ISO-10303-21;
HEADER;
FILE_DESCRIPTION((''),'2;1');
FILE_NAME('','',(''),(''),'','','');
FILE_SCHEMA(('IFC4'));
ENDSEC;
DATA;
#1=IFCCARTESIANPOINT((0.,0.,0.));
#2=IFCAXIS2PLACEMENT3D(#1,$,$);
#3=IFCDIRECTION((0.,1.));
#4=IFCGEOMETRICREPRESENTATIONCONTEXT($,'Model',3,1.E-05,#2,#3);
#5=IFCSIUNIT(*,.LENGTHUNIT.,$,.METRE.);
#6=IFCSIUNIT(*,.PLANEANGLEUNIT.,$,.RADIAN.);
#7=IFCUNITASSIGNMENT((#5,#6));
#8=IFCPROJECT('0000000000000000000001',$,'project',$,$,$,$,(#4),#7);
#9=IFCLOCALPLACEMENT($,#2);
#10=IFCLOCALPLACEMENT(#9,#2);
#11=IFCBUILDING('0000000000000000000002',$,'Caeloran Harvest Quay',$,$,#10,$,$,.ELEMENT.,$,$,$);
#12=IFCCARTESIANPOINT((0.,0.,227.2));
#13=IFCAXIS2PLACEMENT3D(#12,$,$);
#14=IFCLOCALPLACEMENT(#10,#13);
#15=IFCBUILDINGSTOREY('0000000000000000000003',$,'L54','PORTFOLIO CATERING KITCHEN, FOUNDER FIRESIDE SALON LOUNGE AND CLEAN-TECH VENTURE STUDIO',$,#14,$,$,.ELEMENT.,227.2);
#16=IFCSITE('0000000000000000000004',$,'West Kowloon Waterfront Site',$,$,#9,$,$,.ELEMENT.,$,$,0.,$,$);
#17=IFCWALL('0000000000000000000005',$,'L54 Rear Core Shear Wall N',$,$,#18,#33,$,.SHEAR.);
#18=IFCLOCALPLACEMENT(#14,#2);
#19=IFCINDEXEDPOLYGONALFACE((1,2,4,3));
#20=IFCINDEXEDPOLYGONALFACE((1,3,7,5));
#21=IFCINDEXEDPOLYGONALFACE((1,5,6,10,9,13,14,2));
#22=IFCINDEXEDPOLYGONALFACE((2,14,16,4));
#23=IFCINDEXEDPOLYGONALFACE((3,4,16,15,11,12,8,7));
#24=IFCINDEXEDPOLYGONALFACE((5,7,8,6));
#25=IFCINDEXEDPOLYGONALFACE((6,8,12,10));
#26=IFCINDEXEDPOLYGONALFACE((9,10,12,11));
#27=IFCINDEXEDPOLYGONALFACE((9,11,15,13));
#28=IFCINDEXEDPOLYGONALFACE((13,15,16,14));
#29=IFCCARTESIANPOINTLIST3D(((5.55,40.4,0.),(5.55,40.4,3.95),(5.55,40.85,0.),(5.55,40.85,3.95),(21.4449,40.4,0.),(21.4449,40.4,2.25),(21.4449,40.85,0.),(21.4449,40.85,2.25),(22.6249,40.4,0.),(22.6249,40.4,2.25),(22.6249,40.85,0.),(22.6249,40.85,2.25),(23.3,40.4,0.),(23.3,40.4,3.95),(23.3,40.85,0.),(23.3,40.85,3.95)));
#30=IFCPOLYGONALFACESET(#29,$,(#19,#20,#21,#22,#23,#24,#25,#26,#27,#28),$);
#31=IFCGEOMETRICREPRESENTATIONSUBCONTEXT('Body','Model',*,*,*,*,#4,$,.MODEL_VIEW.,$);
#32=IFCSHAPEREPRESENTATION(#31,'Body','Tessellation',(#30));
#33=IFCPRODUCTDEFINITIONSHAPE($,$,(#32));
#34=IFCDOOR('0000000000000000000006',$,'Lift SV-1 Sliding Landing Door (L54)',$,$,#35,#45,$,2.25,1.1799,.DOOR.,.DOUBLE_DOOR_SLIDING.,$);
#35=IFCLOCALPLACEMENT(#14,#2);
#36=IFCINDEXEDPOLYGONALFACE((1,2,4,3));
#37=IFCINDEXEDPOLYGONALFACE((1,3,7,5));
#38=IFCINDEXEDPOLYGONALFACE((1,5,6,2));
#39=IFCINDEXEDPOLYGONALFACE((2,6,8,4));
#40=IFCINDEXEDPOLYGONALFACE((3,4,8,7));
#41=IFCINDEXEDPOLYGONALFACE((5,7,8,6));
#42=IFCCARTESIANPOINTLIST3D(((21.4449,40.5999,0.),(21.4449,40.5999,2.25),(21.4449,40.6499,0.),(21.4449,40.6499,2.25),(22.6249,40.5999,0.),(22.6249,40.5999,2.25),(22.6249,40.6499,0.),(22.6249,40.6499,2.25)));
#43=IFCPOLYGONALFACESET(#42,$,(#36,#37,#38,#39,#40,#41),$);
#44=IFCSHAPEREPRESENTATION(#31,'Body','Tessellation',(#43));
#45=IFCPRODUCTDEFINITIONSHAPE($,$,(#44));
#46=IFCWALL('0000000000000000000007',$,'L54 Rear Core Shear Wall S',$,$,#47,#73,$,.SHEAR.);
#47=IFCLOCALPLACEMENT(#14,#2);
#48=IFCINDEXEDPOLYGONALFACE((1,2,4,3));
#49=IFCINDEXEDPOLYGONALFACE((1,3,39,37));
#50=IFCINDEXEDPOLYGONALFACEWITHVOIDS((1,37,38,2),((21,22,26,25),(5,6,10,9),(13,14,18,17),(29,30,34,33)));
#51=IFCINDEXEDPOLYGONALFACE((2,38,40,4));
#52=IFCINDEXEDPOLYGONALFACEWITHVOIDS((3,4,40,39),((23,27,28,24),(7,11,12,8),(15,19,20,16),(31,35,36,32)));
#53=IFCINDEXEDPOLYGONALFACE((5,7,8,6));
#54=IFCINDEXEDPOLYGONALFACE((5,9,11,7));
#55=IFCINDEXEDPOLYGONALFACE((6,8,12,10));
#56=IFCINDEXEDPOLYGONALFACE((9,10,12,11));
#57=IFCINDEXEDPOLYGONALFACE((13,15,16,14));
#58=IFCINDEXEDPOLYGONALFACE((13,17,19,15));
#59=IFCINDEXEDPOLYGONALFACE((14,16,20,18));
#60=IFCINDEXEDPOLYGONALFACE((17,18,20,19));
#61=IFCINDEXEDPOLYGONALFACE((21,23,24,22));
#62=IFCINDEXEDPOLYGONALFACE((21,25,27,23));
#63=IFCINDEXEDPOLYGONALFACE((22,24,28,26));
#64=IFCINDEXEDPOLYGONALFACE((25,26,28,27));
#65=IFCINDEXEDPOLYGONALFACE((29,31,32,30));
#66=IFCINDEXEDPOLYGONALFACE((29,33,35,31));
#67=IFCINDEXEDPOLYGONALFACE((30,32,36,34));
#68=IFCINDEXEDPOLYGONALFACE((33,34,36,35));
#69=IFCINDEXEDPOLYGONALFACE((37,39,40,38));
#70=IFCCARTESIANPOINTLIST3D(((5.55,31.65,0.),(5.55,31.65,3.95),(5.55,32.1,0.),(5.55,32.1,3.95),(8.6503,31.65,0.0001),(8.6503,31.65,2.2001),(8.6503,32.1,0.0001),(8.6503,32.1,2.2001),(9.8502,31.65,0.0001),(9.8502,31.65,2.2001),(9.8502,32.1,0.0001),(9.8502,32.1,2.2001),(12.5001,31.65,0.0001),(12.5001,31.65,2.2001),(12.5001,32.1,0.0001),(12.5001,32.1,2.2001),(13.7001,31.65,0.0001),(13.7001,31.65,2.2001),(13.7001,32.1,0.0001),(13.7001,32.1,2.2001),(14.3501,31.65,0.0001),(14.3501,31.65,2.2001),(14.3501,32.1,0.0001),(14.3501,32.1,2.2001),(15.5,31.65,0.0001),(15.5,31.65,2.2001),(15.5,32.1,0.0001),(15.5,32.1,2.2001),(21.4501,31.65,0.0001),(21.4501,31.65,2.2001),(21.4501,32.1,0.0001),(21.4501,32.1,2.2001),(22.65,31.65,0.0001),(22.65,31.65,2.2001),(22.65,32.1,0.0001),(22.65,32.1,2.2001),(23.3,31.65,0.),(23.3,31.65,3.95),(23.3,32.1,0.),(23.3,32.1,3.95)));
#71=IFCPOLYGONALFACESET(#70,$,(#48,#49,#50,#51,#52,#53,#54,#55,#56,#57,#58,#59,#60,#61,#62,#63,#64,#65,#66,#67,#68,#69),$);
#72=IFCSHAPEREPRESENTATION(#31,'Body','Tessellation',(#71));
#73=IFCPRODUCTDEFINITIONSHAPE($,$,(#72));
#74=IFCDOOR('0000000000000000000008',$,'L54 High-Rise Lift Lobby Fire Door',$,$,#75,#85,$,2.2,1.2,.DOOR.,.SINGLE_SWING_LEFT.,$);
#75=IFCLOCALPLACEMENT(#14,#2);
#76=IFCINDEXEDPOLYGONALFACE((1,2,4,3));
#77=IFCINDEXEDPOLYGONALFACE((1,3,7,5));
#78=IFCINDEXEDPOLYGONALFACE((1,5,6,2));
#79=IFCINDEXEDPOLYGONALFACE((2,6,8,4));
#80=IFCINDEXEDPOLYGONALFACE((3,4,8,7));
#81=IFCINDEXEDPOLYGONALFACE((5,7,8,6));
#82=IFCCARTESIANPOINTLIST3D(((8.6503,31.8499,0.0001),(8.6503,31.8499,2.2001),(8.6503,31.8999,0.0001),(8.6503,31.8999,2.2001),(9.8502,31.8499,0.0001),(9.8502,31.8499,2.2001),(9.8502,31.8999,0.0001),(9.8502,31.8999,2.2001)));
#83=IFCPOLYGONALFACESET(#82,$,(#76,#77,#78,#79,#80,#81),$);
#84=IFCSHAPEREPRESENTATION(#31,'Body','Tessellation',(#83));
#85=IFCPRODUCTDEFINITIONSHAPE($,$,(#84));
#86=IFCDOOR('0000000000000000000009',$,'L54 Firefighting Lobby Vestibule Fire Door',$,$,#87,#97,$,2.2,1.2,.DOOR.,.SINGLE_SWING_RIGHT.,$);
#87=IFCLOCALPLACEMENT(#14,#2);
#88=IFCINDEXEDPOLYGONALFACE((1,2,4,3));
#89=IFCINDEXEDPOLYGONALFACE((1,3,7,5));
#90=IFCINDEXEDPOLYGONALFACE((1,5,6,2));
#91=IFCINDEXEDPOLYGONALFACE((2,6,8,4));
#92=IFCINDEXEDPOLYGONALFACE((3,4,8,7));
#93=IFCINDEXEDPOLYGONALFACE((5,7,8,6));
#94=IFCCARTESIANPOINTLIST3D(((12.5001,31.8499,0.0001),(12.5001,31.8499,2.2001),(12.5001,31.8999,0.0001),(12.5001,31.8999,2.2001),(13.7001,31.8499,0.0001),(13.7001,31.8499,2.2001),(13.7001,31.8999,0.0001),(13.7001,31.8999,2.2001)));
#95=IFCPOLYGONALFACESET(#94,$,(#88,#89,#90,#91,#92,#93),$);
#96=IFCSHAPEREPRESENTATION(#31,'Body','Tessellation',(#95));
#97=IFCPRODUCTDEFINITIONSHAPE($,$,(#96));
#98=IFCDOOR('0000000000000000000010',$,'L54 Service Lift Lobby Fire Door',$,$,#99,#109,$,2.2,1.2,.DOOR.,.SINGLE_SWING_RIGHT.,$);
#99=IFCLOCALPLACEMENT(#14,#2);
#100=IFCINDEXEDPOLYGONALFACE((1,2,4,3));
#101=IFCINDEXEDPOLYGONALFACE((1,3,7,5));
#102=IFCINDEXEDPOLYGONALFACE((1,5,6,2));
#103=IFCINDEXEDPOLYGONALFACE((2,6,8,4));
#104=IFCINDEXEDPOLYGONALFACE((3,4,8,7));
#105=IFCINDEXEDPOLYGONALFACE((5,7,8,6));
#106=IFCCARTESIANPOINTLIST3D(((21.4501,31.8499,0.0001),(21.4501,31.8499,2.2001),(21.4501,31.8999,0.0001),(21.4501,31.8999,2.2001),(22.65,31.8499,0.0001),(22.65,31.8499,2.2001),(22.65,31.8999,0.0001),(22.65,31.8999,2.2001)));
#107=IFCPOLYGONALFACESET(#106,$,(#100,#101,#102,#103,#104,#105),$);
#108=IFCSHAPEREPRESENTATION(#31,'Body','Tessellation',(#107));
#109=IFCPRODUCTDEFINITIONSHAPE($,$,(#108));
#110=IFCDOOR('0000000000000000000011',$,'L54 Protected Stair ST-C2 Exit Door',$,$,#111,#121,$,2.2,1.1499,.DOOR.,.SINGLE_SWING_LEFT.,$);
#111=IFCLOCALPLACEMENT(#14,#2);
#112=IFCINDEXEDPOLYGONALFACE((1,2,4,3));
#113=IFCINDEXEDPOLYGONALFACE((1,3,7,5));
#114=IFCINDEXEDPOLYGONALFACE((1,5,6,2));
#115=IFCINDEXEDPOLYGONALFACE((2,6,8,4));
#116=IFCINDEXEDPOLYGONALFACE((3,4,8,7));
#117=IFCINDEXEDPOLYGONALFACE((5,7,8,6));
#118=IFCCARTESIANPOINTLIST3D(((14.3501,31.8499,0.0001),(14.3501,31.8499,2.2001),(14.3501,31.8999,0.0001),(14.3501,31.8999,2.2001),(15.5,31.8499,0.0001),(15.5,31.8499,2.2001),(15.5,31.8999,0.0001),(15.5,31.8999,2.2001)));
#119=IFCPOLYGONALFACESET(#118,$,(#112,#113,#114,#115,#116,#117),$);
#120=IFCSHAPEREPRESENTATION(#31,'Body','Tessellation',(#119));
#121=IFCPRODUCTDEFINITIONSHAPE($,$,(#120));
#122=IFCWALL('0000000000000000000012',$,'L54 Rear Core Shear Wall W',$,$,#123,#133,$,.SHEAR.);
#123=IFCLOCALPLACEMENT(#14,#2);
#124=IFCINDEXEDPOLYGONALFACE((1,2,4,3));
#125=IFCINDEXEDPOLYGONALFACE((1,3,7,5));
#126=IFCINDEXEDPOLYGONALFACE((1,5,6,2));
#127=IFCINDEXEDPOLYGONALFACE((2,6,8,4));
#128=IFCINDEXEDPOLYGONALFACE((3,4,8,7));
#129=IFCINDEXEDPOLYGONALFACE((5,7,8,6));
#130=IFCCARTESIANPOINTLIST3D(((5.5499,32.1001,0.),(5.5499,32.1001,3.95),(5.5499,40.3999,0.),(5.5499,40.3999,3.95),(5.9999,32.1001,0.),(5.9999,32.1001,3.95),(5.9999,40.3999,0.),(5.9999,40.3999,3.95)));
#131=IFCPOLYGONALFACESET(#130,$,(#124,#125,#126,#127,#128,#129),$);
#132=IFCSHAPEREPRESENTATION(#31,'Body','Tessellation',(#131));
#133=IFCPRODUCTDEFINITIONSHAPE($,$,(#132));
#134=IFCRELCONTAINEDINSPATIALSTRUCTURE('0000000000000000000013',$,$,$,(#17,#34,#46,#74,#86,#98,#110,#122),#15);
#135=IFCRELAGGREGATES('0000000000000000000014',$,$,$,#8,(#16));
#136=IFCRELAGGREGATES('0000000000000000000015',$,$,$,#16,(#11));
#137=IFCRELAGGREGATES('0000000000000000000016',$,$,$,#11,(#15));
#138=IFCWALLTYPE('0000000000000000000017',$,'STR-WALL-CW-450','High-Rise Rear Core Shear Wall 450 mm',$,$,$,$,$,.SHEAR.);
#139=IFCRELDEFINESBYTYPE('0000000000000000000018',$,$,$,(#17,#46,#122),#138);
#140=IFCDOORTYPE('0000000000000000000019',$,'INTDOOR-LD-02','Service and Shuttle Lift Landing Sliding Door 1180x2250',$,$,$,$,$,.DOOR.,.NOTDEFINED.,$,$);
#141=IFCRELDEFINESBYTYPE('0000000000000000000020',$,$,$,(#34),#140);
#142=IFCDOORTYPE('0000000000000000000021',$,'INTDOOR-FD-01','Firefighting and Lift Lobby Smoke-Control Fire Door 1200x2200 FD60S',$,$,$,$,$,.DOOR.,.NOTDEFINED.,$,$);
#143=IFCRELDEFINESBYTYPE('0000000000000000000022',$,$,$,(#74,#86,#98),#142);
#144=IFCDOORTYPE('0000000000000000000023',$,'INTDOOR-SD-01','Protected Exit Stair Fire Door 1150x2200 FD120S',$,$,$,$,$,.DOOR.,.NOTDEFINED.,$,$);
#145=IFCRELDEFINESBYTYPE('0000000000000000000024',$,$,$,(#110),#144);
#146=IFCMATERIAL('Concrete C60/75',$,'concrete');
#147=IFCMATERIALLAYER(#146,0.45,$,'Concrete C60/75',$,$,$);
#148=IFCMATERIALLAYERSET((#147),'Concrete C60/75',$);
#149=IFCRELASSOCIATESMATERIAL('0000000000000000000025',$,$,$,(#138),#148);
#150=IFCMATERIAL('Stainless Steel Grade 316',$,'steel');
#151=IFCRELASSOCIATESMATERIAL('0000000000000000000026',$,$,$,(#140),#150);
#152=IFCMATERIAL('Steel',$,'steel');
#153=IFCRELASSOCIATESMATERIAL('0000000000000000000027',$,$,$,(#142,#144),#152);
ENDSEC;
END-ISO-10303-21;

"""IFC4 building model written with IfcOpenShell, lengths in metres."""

from ifc_helpers import new_model, si_unit, direction, frame, frame_2d, origin, place, context, subcontext, project, spatial, rectangle, extrude, material, layer, layer_set, type_object, element, fill, save


model = new_model("IFC4")

# Units and contexts
model_context = context("Model", 3, precision=1e-05, world=origin(), true_north=direction((0.0, 1.0)))
body_context = subcontext(model_context, "Body", "Model", "MODEL_VIEW")
ifc_project = project(units=[si_unit("LENGTHUNIT", "METRE"), si_unit("PLANEANGLEUNIT", "RADIAN")], contexts=[model_context])

# Site, building, storey
site_placement = place(None, origin())
site = spatial("IfcSite", under=ifc_project, at=site_placement, Name="West Kowloon Waterfront Site", CompositionType="ELEMENT", RefElevation=0.0)
building_placement = place(site_placement, origin())
building = spatial("IfcBuilding", under=site, at=building_placement, Name="Caeloran Harvest Quay", CompositionType="ELEMENT")
storey_placement = place(building_placement, frame((0.0, 0.0, 227.2)))
storey = spatial("IfcBuildingStorey", under=building, at=storey_placement, Name="L54", Description="PORTFOLIO CATERING KITCHEN, FOUNDER FIRESIDE SALON LOUNGE AND CLEAN-TECH VENTURE STUDIO", CompositionType="ELEMENT", Elevation=227.2)

# Shared definitions
ifc_material_1 = material(Name="Concrete C60/75", Category="concrete")

# Shared definitions
ifc_material_2 = material(Name="Stainless Steel Grade 316", Category="steel")

# Wall, opening, door
ifc_layer_1 = layer(ifc_material_1, 0.45, Name="Concrete C60/75")
ifc_layer_set_1 = layer_set([ifc_layer_1], Name="Concrete C60/75")
wall_type_1 = type_object("IfcWallType", Name="STR-WALL-CW-450", Description="High-Rise Rear Core Shear Wall 450 mm", PredefinedType="SHEAR", material=ifc_layer_set_1)
wall_1_placement = place(storey_placement, frame((5.55, 40.625, 0.0), z_axis=(0.0, 0.0, 1.0), x_axis=(1.0, 0.0, 0.0)))
wall_1 = element("IfcWall", 1, at=wall_1_placement, inside=storey, type_object=wall_type_1, Name="L54 Rear Core Shear Wall N", PredefinedType="SHEAR", context=body_context, shape_type="SweptSolid", body=[
    extrude(rectangle(XDim=17.75, YDim=0.45, at=frame_2d((8.875, 0.0))), origin(), (0.0, 0.0, 1.0), 3.95),
])
opening_1_placement = place(wall_1_placement, frame((15.895, 0.0, 0.0)))
opening_1 = element("IfcOpeningElement", 2, at=opening_1_placement, cuts=wall_1, PredefinedType="OPENING", context=body_context, shape_type="SweptSolid", body=[
    extrude(rectangle(XDim=1.1799, YDim=2.25, at=frame_2d((0.5898, 1.125))), frame((0.0, 0.2349, 0.0), z_axis=(0.0, -1.0, 0.0), x_axis=(1.0, 0.0, 0.0)), (0.0, 0.0, 1.0), 0.47),
])
door_type_1 = type_object("IfcDoorType", Name="INTDOOR-LD-02", Description="Service and Shuttle Lift Landing Sliding Door 1180x2250", OperationType="NOTDEFINED", PredefinedType="DOOR", material=ifc_material_2)
door_1_placement = place(opening_1_placement, origin())
door_1 = element("IfcDoor", 3, at=door_1_placement, inside=storey, type_object=door_type_1, Name="Lift SV-1 Sliding Landing Door (L54)", OperationType="DOUBLE_DOOR_SLIDING", OverallHeight=2.25, OverallWidth=1.1799, PredefinedType="DOOR", context=body_context, shape_type="SweptSolid", body=[
    extrude(rectangle(XDim=1.1799, YDim=2.25, at=frame_2d((0.5898, 1.125))), frame((0.0, 0.0249, 0.0), z_axis=(0.0, -1.0, 0.0), x_axis=(1.0, 0.0, 0.0)), (0.0, 0.0, 1.0), 0.05),
])
fill(opening_1, door_1)

# Wall, openings, doors
wall_2_placement = place(storey_placement, frame((5.55, 31.875, 0.0), z_axis=(0.0, 0.0, 1.0), x_axis=(1.0, 0.0, 0.0)))
wall_2 = element("IfcWall", 4, at=wall_2_placement, inside=storey, type_object=wall_type_1, Name="L54 Rear Core Shear Wall S", PredefinedType="SHEAR", context=body_context, shape_type="SweptSolid", body=[
    extrude(rectangle(XDim=17.75, YDim=0.45, at=frame_2d((8.875, 0.0))), origin(), (0.0, 0.0, 1.0), 3.95),
])
opening_2_placement = place(wall_2_placement, frame((3.1001, 0.0, 0.0)))
opening_2 = element("IfcOpeningElement", 5, at=opening_2_placement, cuts=wall_2, PredefinedType="OPENING", context=body_context, shape_type="SweptSolid", body=[
    extrude(rectangle(XDim=1.2, YDim=2.2, at=frame_2d((0.6001, 1.1001))), frame((0.0, 0.2349, 0.0), z_axis=(0.0, -1.0, 0.0), x_axis=(1.0, 0.0, 0.0)), (0.0, 0.0, 1.0), 0.47),
])
opening_3_placement = place(wall_2_placement, frame((6.95, 0.0, 0.0)))
opening_3 = element("IfcOpeningElement", 6, at=opening_3_placement, cuts=wall_2, PredefinedType="OPENING", context=body_context, shape_type="SweptSolid", body=[
    extrude(rectangle(XDim=1.2, YDim=2.2, at=frame_2d((0.6001, 1.1001))), frame((0.0, 0.2349, 0.0), z_axis=(0.0, -1.0, 0.0), x_axis=(1.0, 0.0, 0.0)), (0.0, 0.0, 1.0), 0.47),
])
opening_4_placement = place(wall_2_placement, frame((8.8, 0.0, 0.0)))
opening_4 = element("IfcOpeningElement", 7, at=opening_4_placement, cuts=wall_2, PredefinedType="OPENING", context=body_context, shape_type="SweptSolid", body=[
    extrude(rectangle(XDim=1.1499, YDim=2.2, at=frame_2d((0.575, 1.1001))), frame((0.0, 0.2349, 0.0), z_axis=(0.0, -1.0, 0.0), x_axis=(1.0, 0.0, 0.0)), (0.0, 0.0, 1.0), 0.47),
])
opening_5_placement = place(wall_2_placement, frame((15.8999, 0.0, 0.0)))
opening_5 = element("IfcOpeningElement", 8, at=opening_5_placement, cuts=wall_2, PredefinedType="OPENING", context=body_context, shape_type="SweptSolid", body=[
    extrude(rectangle(XDim=1.2, YDim=2.2, at=frame_2d((0.6001, 1.1001))), frame((0.0, 0.2349, 0.0), z_axis=(0.0, -1.0, 0.0), x_axis=(1.0, 0.0, 0.0)), (0.0, 0.0, 1.0), 0.47),
])
ifc_material_3 = material(Name="Steel", Category="steel")
door_type_2 = type_object("IfcDoorType", Name="INTDOOR-FD-01", Description="Firefighting and Lift Lobby Smoke-Control Fire Door 1200x2200 FD60S", OperationType="NOTDEFINED", PredefinedType="DOOR", material=ifc_material_3)
door_2_placement = place(opening_2_placement, origin())
door_2 = element("IfcDoor", 9, at=door_2_placement, inside=storey, type_object=door_type_2, Name="L54 High-Rise Lift Lobby Fire Door", OperationType="SINGLE_SWING_LEFT", OverallHeight=2.2, OverallWidth=1.2, PredefinedType="DOOR", context=body_context, shape_type="SweptSolid", body=[
    extrude(rectangle(XDim=1.2, YDim=2.2, at=frame_2d((0.6001, 1.1001))), frame((0.0, 0.0249, 0.0), z_axis=(0.0, -1.0, 0.0), x_axis=(1.0, 0.0, 0.0)), (0.0, 0.0, 1.0), 0.05),
])
fill(opening_2, door_2)
door_3_placement = place(opening_3_placement, origin())
door_3 = element("IfcDoor", 10, at=door_3_placement, inside=storey, type_object=door_type_2, Name="L54 Firefighting Lobby Vestibule Fire Door", OperationType="SINGLE_SWING_RIGHT", OverallHeight=2.2, OverallWidth=1.2, PredefinedType="DOOR", context=body_context, shape_type="SweptSolid", body=[
    extrude(rectangle(XDim=1.2, YDim=2.2, at=frame_2d((0.6001, 1.1001))), frame((0.0, 0.0249, 0.0), z_axis=(0.0, -1.0, 0.0), x_axis=(1.0, 0.0, 0.0)), (0.0, 0.0, 1.0), 0.05),
])
fill(opening_3, door_3)
door_4_placement = place(opening_5_placement, origin())
door_4 = element("IfcDoor", 11, at=door_4_placement, inside=storey, type_object=door_type_2, Name="L54 Service Lift Lobby Fire Door", OperationType="SINGLE_SWING_RIGHT", OverallHeight=2.2, OverallWidth=1.2, PredefinedType="DOOR", context=body_context, shape_type="SweptSolid", body=[
    extrude(rectangle(XDim=1.2, YDim=2.2, at=frame_2d((0.6001, 1.1001))), frame((0.0, 0.0249, 0.0), z_axis=(0.0, -1.0, 0.0), x_axis=(1.0, 0.0, 0.0)), (0.0, 0.0, 1.0), 0.05),
])
fill(opening_5, door_4)
door_type_3 = type_object("IfcDoorType", Name="INTDOOR-SD-01", Description="Protected Exit Stair Fire Door 1150x2200 FD120S", OperationType="NOTDEFINED", PredefinedType="DOOR", material=ifc_material_3)
door_5_placement = place(opening_4_placement, origin())
door_5 = element("IfcDoor", 12, at=door_5_placement, inside=storey, type_object=door_type_3, Name="L54 Protected Stair ST-C2 Exit Door", OperationType="SINGLE_SWING_LEFT", OverallHeight=2.2, OverallWidth=1.1499, PredefinedType="DOOR", context=body_context, shape_type="SweptSolid", body=[
    extrude(rectangle(XDim=1.1499, YDim=2.2, at=frame_2d((0.575, 1.1001))), frame((0.0, 0.0249, 0.0), z_axis=(0.0, -1.0, 0.0), x_axis=(1.0, 0.0, 0.0)), (0.0, 0.0, 1.0), 0.05),
])
fill(opening_4, door_5)

# Wall
wall_3_placement = place(storey_placement, frame((5.7749, 32.1001, 0.0), z_axis=(0.0, 0.0, 1.0), x_axis=(0.0, 1.0, 0.0)))
element("IfcWall", 13, at=wall_3_placement, inside=storey, type_object=wall_type_1, Name="L54 Rear Core Shear Wall W", PredefinedType="SHEAR", context=body_context, shape_type="SweptSolid", body=[
    extrude(rectangle(XDim=8.2998, YDim=0.45, at=frame_2d((4.1499, 0.0))), origin(), (0.0, 0.0, 1.0), 3.95),
])

save(model, "model.ifc")
